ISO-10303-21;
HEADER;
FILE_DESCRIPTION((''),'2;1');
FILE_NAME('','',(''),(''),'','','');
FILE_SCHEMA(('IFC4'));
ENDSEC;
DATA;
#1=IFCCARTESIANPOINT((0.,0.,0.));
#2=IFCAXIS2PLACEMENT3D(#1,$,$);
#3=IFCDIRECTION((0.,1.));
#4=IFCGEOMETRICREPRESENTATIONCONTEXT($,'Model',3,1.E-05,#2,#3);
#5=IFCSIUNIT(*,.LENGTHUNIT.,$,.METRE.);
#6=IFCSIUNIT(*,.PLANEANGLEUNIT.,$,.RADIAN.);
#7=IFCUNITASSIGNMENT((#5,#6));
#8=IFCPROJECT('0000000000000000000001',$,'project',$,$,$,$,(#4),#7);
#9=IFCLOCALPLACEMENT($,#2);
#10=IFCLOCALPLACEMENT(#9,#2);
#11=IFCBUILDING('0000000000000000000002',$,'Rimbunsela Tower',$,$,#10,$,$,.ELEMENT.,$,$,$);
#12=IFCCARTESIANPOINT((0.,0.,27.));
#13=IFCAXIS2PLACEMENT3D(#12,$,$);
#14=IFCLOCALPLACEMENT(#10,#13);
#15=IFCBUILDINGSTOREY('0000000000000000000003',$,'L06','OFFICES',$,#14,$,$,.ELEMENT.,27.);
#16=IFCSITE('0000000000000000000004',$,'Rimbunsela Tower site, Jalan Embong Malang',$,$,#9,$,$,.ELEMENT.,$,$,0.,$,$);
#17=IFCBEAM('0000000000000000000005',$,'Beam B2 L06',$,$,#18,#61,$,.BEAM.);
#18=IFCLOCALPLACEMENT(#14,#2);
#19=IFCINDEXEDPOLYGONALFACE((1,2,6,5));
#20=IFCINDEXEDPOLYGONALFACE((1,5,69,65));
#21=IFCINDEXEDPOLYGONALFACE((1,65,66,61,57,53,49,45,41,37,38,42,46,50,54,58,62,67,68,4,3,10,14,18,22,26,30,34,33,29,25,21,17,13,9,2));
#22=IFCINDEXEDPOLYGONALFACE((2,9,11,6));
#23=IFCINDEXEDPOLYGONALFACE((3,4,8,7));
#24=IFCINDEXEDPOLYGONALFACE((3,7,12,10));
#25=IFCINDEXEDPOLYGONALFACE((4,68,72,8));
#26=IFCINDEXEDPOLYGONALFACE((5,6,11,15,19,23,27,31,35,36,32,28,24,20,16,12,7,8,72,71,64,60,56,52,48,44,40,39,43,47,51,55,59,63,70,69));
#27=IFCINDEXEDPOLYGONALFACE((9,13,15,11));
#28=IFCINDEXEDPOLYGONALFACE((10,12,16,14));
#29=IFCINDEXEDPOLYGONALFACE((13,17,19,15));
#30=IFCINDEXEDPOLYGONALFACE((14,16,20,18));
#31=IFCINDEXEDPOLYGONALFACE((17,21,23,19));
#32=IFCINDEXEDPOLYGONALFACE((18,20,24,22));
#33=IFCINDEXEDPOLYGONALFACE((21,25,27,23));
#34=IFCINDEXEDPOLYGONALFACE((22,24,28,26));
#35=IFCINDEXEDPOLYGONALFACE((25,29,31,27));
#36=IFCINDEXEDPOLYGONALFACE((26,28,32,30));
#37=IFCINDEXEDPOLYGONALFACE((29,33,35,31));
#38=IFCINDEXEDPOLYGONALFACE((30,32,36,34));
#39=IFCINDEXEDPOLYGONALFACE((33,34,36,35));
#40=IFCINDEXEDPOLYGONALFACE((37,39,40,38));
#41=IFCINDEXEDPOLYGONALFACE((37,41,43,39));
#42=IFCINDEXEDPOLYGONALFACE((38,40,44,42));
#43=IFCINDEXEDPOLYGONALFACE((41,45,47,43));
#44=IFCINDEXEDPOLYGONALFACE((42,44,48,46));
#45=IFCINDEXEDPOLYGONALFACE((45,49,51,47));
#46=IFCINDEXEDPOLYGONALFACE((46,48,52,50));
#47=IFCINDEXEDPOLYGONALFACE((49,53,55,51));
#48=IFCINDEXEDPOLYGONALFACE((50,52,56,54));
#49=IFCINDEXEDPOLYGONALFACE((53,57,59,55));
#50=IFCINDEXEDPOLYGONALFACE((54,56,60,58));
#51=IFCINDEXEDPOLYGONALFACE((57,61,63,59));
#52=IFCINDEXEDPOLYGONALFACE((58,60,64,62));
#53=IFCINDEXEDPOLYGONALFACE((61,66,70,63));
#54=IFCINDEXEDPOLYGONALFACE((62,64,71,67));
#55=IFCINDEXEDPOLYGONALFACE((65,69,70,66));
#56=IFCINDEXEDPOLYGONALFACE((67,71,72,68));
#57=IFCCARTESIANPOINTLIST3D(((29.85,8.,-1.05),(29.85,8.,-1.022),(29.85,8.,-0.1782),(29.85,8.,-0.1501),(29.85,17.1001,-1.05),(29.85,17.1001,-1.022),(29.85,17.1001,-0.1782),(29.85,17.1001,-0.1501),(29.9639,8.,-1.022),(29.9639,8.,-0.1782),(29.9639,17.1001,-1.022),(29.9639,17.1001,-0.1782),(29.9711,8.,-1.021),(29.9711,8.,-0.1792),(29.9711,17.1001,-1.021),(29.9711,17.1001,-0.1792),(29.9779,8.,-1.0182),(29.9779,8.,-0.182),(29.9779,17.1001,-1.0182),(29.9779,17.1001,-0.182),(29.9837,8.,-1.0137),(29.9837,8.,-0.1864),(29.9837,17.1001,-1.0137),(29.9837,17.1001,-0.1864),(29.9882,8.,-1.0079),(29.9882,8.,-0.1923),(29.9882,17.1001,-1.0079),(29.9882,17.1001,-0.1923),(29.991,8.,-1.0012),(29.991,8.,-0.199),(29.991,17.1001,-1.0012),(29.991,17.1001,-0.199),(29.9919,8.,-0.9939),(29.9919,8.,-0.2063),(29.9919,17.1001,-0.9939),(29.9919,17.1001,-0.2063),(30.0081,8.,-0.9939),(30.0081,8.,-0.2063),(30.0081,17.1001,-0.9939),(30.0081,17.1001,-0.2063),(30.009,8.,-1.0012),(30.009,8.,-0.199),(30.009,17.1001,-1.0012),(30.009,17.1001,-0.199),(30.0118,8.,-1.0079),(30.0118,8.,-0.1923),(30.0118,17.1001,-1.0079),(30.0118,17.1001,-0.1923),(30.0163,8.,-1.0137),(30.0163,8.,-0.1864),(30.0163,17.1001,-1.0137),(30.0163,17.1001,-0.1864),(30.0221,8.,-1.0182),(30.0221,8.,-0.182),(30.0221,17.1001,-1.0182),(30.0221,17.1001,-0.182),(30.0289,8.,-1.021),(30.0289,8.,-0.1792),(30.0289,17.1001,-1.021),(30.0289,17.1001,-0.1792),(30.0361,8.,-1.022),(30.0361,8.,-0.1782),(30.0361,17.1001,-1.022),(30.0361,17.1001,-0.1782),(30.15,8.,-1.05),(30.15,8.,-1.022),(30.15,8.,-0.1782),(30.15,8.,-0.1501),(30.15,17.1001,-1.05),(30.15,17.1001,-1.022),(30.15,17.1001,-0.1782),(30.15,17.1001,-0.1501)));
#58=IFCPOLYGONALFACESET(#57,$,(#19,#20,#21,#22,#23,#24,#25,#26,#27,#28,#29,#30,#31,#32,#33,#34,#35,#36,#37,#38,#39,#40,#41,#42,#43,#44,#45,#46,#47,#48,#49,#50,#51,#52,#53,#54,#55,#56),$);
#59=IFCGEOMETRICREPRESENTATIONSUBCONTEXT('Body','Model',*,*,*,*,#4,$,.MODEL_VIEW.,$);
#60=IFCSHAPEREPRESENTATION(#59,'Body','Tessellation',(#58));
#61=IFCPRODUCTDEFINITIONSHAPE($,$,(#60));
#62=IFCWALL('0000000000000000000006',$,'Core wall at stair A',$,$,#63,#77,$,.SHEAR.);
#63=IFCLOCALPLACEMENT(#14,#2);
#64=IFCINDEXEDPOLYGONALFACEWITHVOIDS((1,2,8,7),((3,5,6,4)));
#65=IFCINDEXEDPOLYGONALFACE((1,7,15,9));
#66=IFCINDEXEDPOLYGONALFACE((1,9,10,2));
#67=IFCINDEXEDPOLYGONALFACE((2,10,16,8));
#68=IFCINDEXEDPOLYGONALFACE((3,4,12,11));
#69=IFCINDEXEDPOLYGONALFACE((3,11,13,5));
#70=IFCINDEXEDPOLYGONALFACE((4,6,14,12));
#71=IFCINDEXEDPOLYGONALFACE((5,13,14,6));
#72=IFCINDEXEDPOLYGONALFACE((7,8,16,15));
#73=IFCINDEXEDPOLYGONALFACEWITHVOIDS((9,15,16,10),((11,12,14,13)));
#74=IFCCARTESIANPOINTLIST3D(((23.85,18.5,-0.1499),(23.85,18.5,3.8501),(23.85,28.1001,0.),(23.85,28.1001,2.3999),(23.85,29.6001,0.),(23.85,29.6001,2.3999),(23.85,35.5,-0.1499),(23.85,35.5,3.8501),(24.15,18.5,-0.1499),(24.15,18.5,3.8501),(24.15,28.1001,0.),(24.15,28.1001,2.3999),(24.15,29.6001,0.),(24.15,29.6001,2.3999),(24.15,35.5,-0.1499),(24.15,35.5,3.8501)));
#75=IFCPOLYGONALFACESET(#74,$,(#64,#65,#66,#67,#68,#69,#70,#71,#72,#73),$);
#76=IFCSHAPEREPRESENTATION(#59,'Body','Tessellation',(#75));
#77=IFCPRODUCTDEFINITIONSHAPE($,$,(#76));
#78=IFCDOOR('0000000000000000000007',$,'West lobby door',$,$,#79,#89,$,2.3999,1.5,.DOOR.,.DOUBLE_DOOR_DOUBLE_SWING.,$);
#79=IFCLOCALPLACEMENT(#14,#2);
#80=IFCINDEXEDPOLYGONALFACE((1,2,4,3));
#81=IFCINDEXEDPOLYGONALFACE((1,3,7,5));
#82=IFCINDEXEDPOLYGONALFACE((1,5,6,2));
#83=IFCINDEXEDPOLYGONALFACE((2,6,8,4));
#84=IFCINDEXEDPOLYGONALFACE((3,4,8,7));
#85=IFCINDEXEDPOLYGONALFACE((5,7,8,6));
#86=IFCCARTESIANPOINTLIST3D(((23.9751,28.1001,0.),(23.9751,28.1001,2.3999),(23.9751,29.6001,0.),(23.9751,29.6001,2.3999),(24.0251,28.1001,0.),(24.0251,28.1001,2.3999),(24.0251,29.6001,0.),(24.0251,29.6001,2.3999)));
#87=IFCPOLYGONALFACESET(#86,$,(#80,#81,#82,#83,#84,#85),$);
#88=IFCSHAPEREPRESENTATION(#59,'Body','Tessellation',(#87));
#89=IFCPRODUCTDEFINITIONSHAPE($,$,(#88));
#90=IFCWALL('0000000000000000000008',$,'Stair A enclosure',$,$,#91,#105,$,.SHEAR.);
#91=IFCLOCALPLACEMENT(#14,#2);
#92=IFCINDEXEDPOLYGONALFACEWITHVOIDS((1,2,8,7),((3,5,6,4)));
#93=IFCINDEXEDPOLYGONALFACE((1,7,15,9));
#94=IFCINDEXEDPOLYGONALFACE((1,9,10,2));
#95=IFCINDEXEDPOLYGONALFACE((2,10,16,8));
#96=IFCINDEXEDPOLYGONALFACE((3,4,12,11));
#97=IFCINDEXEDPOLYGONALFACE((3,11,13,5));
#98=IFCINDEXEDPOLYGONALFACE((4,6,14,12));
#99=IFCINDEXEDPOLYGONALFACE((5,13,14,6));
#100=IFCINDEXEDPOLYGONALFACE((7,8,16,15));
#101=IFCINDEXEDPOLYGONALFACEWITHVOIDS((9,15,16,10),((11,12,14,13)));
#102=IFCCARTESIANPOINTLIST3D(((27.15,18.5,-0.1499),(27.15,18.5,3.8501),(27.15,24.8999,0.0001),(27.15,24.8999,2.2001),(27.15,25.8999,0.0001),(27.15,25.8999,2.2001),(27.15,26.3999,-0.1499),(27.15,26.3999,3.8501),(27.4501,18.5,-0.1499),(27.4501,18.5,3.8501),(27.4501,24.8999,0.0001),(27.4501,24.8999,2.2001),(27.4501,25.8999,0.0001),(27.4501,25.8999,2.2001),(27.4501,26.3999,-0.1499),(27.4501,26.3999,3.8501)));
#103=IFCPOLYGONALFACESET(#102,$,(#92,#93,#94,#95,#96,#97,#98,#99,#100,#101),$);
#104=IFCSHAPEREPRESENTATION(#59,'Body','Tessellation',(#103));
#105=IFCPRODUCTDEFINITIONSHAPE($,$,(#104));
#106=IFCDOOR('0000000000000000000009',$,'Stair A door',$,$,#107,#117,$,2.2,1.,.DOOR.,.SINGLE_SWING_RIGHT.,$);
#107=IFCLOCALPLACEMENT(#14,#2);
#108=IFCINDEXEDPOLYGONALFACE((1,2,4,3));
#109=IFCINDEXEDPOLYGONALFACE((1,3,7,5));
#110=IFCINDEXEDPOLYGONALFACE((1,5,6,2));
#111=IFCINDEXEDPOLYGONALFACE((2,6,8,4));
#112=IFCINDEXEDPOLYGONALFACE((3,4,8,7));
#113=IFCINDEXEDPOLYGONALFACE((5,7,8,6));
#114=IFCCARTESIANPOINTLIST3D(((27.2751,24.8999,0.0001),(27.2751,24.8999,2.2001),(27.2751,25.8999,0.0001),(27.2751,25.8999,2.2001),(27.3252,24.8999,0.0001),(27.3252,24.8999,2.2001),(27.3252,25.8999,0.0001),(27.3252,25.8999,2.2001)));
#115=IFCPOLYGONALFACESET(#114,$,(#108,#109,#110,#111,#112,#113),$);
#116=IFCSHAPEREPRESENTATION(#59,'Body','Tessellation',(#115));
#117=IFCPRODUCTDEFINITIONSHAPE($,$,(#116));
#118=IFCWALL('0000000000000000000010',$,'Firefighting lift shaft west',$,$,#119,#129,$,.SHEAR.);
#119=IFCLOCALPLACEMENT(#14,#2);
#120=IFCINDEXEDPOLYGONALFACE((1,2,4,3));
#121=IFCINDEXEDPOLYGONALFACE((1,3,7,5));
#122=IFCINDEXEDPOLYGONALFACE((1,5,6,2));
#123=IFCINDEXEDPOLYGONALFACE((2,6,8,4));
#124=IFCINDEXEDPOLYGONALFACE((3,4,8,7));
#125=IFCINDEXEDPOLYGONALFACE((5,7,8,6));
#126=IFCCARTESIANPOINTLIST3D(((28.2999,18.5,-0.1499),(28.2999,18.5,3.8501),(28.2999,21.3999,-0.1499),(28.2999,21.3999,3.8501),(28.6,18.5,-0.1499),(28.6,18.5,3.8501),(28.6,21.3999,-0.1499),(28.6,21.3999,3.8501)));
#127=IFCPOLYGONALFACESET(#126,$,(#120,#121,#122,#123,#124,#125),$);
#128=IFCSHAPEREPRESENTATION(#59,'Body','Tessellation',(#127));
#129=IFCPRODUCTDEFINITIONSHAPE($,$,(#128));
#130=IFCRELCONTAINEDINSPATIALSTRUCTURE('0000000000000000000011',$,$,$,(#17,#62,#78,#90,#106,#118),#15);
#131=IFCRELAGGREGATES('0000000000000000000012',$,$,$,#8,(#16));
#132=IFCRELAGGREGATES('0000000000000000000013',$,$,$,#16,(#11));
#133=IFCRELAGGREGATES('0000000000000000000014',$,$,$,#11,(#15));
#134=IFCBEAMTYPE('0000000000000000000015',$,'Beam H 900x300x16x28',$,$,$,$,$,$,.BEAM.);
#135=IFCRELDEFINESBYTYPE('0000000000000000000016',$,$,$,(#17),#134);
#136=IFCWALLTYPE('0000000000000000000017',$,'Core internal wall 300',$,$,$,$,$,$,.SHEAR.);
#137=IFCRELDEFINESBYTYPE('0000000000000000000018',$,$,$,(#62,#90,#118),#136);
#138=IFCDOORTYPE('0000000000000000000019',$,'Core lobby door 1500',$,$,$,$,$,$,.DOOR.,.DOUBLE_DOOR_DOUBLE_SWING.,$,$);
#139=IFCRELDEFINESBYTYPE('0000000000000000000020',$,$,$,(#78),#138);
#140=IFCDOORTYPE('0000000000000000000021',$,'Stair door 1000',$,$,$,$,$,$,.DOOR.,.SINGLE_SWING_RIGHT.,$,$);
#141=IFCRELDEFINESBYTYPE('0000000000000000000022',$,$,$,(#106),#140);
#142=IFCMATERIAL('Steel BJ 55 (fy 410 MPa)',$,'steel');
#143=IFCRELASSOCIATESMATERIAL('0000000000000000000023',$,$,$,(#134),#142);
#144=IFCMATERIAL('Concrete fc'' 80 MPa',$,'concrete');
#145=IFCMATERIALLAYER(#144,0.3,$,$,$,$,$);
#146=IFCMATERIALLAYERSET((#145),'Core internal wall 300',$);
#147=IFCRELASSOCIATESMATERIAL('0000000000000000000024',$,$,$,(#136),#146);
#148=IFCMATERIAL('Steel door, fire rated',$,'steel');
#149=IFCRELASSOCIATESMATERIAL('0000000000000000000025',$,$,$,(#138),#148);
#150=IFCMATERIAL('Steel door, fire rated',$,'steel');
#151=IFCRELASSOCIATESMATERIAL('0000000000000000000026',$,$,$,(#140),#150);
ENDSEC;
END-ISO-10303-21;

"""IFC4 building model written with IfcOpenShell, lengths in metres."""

from ifc_helpers import new_model, si_unit, direction, frame, frame_2d, origin, origin_2d, place, context, subcontext, project, spatial, rectangle, i_section, extrude, material, layer, layer_set, material_profile, profile_set, type_object, element, fill, save


model = new_model("IFC4")

# Units and contexts
model_context = context("Model", 3, precision=1e-05, world=origin(), true_north=direction((0.0, 1.0)))
body_context = subcontext(model_context, "Body", "Model", "MODEL_VIEW")
ifc_project = project(units=[si_unit("LENGTHUNIT", "METRE"), si_unit("PLANEANGLEUNIT", "RADIAN")], contexts=[model_context])

# Site, building, storey
site_placement = place(None, origin())
site = spatial("IfcSite", under=ifc_project, at=site_placement, Name="Rimbunsela Tower site, Jalan Embong Malang", CompositionType="ELEMENT", RefElevation=0.0)
building_placement = place(site_placement, origin())
building = spatial("IfcBuilding", under=site, at=building_placement, Name="Rimbunsela Tower", CompositionType="ELEMENT")
storey_placement = place(building_placement, frame((0.0, 0.0, 27.0)))
storey = spatial("IfcBuildingStorey", under=building, at=storey_placement, Name="L06", Description="OFFICES", CompositionType="ELEMENT", Elevation=27.0)

# Beam
ifc_material_1 = material(Name="Steel BJ 55 (fy 410 MPa)", Category="steel")
ifc_material_profile_1 = material_profile(ifc_material_1, i_section(OverallWidth=0.3, OverallDepth=0.8999, WebThickness=0.0161, FlangeThickness=0.0281, FilletRadius=0.0281, at=origin_2d()), Name="H 900x300x16x28")
ifc_profile_set_1 = profile_set([ifc_material_profile_1], Name="Steel BJ 55 (fy 410 MPa)")
beam_type_1 = type_object("IfcBeamType", Name="Beam H 900x300x16x28", PredefinedType="BEAM", material=ifc_profile_set_1)
beam_1_placement = place(storey_placement, frame((30.0, 8.0, -0.6001), z_axis=(0.0, 1.0, 0.0), x_axis=(-1.0, 0.0, 0.0)))
element("IfcBeam", 1, at=beam_1_placement, inside=storey, type_object=beam_type_1, Name="Beam B2 L06", PredefinedType="BEAM", context=body_context, shape_type="SweptSolid", body=[
    extrude(i_section(OverallWidth=0.3, OverallDepth=0.8999, WebThickness=0.0161, FlangeThickness=0.0281, FilletRadius=0.0281, at=origin_2d()), origin(), (0.0, 0.0, 1.0), 9.1001),
])

# Walls, openings, doors
ifc_material_2 = material(Name="Concrete fc' 80 MPa", Category="concrete")
ifc_layer_1 = layer(ifc_material_2, 0.3)
ifc_layer_set_1 = layer_set([ifc_layer_1], Name="Core internal wall 300")
wall_type_1 = type_object("IfcWallType", Name="Core internal wall 300", PredefinedType="SHEAR", material=ifc_layer_set_1)
wall_1_placement = place(storey_placement, frame((24.0, 18.5, -0.1499), z_axis=(0.0, 0.0, 1.0), x_axis=(0.0, 1.0, 0.0)))
wall_1 = element("IfcWall", 2, at=wall_1_placement, inside=storey, type_object=wall_type_1, Name="Core wall at stair A", PredefinedType="SHEAR", context=body_context, shape_type="SweptSolid", body=[
    extrude(rectangle(XDim=17.0, YDim=0.3, at=frame_2d((8.5, 0.0))), origin(), (0.0, 0.0, 1.0), 4.0),
])
opening_1_placement = place(wall_1_placement, frame((9.6001, 0.0, 0.1499)))
opening_1 = element("IfcOpeningElement", 3, at=opening_1_placement, cuts=wall_1, PredefinedType="OPENING", context=body_context, shape_type="SweptSolid", body=[
    extrude(rectangle(XDim=1.5, YDim=2.3999, at=frame_2d((0.75, 1.2))), frame((0.0, 0.1599, 0.0), z_axis=(0.0, -1.0, 0.0), x_axis=(1.0, 0.0, 0.0)), (0.0, 0.0, 1.0), 0.3201),
])
ifc_material_3 = material(Name="Steel door, fire rated", Category="steel")
door_type_1 = type_object("IfcDoorType", Name="Core lobby door 1500", OperationType="DOUBLE_DOOR_DOUBLE_SWING", PredefinedType="DOOR", material=ifc_material_3)
door_1_placement = place(opening_1_placement, origin())
door_1 = element("IfcDoor", 4, at=door_1_placement, inside=storey, type_object=door_type_1, Name="West lobby door", OperationType="DOUBLE_DOOR_DOUBLE_SWING", OverallHeight=2.3999, OverallWidth=1.5, PredefinedType="DOOR", context=body_context, shape_type="SweptSolid", body=[
    extrude(rectangle(XDim=1.5, YDim=2.3999, at=frame_2d((0.75, 1.2))), frame((0.0, 0.0249, 0.0), z_axis=(0.0, -1.0, 0.0), x_axis=(1.0, 0.0, 0.0)), (0.0, 0.0, 1.0), 0.05),
])
fill(opening_1, door_1)
wall_2_placement = place(storey_placement, frame((27.3, 18.5, -0.1499), z_axis=(0.0, 0.0, 1.0), x_axis=(0.0, 1.0, 0.0)))
wall_2 = element("IfcWall", 5, at=wall_2_placement, inside=storey, type_object=wall_type_1, Name="Stair A enclosure", PredefinedType="SHEAR", context=body_context, shape_type="SweptSolid", body=[
    extrude(rectangle(XDim=7.8999, YDim=0.3, at=frame_2d((3.95, 0.0))), origin(), (0.0, 0.0, 1.0), 4.0),
])
opening_2_placement = place(wall_2_placement, frame((6.3999, 0.0, 0.1499)))
opening_2 = element("IfcOpeningElement", 6, at=opening_2_placement, cuts=wall_2, PredefinedType="OPENING", context=body_context, shape_type="SweptSolid", body=[
    extrude(rectangle(XDim=1.0, YDim=2.2, at=frame_2d((0.5, 1.1001))), frame((0.0, 0.1599, 0.0), z_axis=(0.0, -1.0, 0.0), x_axis=(1.0, 0.0, 0.0)), (0.0, 0.0, 1.0), 0.3201),
])
ifc_material_4 = material(Name="Steel door, fire rated", Category="steel")
door_type_2 = type_object("IfcDoorType", Name="Stair door 1000", OperationType="SINGLE_SWING_RIGHT", PredefinedType="DOOR", material=ifc_material_4)
door_2_placement = place(opening_2_placement, origin())
door_2 = element("IfcDoor", 7, at=door_2_placement, inside=storey, type_object=door_type_2, Name="Stair A door", OperationType="SINGLE_SWING_RIGHT", OverallHeight=2.2, OverallWidth=1.0, PredefinedType="DOOR", context=body_context, shape_type="SweptSolid", body=[
    extrude(rectangle(XDim=1.0, YDim=2.2, at=frame_2d((0.5, 1.1001))), frame((0.0, 0.0249, 0.0), z_axis=(0.0, -1.0, 0.0), x_axis=(1.0, 0.0, 0.0)), (0.0, 0.0, 1.0), 0.05),
])
fill(opening_2, door_2)

# Wall
wall_3_placement = place(storey_placement, frame((28.45, 18.5, -0.1499), z_axis=(0.0, 0.0, 1.0), x_axis=(0.0, 1.0, 0.0)))
element("IfcWall", 8, at=wall_3_placement, inside=storey, type_object=wall_type_1, Name="Firefighting lift shaft west", PredefinedType="SHEAR", context=body_context, shape_type="SweptSolid", body=[
    extrude(rectangle(XDim=2.8999, YDim=0.3, at=frame_2d((1.45, 0.0))), origin(), (0.0, 0.0, 1.0), 4.0),
])

save(model, "model.ifc")
